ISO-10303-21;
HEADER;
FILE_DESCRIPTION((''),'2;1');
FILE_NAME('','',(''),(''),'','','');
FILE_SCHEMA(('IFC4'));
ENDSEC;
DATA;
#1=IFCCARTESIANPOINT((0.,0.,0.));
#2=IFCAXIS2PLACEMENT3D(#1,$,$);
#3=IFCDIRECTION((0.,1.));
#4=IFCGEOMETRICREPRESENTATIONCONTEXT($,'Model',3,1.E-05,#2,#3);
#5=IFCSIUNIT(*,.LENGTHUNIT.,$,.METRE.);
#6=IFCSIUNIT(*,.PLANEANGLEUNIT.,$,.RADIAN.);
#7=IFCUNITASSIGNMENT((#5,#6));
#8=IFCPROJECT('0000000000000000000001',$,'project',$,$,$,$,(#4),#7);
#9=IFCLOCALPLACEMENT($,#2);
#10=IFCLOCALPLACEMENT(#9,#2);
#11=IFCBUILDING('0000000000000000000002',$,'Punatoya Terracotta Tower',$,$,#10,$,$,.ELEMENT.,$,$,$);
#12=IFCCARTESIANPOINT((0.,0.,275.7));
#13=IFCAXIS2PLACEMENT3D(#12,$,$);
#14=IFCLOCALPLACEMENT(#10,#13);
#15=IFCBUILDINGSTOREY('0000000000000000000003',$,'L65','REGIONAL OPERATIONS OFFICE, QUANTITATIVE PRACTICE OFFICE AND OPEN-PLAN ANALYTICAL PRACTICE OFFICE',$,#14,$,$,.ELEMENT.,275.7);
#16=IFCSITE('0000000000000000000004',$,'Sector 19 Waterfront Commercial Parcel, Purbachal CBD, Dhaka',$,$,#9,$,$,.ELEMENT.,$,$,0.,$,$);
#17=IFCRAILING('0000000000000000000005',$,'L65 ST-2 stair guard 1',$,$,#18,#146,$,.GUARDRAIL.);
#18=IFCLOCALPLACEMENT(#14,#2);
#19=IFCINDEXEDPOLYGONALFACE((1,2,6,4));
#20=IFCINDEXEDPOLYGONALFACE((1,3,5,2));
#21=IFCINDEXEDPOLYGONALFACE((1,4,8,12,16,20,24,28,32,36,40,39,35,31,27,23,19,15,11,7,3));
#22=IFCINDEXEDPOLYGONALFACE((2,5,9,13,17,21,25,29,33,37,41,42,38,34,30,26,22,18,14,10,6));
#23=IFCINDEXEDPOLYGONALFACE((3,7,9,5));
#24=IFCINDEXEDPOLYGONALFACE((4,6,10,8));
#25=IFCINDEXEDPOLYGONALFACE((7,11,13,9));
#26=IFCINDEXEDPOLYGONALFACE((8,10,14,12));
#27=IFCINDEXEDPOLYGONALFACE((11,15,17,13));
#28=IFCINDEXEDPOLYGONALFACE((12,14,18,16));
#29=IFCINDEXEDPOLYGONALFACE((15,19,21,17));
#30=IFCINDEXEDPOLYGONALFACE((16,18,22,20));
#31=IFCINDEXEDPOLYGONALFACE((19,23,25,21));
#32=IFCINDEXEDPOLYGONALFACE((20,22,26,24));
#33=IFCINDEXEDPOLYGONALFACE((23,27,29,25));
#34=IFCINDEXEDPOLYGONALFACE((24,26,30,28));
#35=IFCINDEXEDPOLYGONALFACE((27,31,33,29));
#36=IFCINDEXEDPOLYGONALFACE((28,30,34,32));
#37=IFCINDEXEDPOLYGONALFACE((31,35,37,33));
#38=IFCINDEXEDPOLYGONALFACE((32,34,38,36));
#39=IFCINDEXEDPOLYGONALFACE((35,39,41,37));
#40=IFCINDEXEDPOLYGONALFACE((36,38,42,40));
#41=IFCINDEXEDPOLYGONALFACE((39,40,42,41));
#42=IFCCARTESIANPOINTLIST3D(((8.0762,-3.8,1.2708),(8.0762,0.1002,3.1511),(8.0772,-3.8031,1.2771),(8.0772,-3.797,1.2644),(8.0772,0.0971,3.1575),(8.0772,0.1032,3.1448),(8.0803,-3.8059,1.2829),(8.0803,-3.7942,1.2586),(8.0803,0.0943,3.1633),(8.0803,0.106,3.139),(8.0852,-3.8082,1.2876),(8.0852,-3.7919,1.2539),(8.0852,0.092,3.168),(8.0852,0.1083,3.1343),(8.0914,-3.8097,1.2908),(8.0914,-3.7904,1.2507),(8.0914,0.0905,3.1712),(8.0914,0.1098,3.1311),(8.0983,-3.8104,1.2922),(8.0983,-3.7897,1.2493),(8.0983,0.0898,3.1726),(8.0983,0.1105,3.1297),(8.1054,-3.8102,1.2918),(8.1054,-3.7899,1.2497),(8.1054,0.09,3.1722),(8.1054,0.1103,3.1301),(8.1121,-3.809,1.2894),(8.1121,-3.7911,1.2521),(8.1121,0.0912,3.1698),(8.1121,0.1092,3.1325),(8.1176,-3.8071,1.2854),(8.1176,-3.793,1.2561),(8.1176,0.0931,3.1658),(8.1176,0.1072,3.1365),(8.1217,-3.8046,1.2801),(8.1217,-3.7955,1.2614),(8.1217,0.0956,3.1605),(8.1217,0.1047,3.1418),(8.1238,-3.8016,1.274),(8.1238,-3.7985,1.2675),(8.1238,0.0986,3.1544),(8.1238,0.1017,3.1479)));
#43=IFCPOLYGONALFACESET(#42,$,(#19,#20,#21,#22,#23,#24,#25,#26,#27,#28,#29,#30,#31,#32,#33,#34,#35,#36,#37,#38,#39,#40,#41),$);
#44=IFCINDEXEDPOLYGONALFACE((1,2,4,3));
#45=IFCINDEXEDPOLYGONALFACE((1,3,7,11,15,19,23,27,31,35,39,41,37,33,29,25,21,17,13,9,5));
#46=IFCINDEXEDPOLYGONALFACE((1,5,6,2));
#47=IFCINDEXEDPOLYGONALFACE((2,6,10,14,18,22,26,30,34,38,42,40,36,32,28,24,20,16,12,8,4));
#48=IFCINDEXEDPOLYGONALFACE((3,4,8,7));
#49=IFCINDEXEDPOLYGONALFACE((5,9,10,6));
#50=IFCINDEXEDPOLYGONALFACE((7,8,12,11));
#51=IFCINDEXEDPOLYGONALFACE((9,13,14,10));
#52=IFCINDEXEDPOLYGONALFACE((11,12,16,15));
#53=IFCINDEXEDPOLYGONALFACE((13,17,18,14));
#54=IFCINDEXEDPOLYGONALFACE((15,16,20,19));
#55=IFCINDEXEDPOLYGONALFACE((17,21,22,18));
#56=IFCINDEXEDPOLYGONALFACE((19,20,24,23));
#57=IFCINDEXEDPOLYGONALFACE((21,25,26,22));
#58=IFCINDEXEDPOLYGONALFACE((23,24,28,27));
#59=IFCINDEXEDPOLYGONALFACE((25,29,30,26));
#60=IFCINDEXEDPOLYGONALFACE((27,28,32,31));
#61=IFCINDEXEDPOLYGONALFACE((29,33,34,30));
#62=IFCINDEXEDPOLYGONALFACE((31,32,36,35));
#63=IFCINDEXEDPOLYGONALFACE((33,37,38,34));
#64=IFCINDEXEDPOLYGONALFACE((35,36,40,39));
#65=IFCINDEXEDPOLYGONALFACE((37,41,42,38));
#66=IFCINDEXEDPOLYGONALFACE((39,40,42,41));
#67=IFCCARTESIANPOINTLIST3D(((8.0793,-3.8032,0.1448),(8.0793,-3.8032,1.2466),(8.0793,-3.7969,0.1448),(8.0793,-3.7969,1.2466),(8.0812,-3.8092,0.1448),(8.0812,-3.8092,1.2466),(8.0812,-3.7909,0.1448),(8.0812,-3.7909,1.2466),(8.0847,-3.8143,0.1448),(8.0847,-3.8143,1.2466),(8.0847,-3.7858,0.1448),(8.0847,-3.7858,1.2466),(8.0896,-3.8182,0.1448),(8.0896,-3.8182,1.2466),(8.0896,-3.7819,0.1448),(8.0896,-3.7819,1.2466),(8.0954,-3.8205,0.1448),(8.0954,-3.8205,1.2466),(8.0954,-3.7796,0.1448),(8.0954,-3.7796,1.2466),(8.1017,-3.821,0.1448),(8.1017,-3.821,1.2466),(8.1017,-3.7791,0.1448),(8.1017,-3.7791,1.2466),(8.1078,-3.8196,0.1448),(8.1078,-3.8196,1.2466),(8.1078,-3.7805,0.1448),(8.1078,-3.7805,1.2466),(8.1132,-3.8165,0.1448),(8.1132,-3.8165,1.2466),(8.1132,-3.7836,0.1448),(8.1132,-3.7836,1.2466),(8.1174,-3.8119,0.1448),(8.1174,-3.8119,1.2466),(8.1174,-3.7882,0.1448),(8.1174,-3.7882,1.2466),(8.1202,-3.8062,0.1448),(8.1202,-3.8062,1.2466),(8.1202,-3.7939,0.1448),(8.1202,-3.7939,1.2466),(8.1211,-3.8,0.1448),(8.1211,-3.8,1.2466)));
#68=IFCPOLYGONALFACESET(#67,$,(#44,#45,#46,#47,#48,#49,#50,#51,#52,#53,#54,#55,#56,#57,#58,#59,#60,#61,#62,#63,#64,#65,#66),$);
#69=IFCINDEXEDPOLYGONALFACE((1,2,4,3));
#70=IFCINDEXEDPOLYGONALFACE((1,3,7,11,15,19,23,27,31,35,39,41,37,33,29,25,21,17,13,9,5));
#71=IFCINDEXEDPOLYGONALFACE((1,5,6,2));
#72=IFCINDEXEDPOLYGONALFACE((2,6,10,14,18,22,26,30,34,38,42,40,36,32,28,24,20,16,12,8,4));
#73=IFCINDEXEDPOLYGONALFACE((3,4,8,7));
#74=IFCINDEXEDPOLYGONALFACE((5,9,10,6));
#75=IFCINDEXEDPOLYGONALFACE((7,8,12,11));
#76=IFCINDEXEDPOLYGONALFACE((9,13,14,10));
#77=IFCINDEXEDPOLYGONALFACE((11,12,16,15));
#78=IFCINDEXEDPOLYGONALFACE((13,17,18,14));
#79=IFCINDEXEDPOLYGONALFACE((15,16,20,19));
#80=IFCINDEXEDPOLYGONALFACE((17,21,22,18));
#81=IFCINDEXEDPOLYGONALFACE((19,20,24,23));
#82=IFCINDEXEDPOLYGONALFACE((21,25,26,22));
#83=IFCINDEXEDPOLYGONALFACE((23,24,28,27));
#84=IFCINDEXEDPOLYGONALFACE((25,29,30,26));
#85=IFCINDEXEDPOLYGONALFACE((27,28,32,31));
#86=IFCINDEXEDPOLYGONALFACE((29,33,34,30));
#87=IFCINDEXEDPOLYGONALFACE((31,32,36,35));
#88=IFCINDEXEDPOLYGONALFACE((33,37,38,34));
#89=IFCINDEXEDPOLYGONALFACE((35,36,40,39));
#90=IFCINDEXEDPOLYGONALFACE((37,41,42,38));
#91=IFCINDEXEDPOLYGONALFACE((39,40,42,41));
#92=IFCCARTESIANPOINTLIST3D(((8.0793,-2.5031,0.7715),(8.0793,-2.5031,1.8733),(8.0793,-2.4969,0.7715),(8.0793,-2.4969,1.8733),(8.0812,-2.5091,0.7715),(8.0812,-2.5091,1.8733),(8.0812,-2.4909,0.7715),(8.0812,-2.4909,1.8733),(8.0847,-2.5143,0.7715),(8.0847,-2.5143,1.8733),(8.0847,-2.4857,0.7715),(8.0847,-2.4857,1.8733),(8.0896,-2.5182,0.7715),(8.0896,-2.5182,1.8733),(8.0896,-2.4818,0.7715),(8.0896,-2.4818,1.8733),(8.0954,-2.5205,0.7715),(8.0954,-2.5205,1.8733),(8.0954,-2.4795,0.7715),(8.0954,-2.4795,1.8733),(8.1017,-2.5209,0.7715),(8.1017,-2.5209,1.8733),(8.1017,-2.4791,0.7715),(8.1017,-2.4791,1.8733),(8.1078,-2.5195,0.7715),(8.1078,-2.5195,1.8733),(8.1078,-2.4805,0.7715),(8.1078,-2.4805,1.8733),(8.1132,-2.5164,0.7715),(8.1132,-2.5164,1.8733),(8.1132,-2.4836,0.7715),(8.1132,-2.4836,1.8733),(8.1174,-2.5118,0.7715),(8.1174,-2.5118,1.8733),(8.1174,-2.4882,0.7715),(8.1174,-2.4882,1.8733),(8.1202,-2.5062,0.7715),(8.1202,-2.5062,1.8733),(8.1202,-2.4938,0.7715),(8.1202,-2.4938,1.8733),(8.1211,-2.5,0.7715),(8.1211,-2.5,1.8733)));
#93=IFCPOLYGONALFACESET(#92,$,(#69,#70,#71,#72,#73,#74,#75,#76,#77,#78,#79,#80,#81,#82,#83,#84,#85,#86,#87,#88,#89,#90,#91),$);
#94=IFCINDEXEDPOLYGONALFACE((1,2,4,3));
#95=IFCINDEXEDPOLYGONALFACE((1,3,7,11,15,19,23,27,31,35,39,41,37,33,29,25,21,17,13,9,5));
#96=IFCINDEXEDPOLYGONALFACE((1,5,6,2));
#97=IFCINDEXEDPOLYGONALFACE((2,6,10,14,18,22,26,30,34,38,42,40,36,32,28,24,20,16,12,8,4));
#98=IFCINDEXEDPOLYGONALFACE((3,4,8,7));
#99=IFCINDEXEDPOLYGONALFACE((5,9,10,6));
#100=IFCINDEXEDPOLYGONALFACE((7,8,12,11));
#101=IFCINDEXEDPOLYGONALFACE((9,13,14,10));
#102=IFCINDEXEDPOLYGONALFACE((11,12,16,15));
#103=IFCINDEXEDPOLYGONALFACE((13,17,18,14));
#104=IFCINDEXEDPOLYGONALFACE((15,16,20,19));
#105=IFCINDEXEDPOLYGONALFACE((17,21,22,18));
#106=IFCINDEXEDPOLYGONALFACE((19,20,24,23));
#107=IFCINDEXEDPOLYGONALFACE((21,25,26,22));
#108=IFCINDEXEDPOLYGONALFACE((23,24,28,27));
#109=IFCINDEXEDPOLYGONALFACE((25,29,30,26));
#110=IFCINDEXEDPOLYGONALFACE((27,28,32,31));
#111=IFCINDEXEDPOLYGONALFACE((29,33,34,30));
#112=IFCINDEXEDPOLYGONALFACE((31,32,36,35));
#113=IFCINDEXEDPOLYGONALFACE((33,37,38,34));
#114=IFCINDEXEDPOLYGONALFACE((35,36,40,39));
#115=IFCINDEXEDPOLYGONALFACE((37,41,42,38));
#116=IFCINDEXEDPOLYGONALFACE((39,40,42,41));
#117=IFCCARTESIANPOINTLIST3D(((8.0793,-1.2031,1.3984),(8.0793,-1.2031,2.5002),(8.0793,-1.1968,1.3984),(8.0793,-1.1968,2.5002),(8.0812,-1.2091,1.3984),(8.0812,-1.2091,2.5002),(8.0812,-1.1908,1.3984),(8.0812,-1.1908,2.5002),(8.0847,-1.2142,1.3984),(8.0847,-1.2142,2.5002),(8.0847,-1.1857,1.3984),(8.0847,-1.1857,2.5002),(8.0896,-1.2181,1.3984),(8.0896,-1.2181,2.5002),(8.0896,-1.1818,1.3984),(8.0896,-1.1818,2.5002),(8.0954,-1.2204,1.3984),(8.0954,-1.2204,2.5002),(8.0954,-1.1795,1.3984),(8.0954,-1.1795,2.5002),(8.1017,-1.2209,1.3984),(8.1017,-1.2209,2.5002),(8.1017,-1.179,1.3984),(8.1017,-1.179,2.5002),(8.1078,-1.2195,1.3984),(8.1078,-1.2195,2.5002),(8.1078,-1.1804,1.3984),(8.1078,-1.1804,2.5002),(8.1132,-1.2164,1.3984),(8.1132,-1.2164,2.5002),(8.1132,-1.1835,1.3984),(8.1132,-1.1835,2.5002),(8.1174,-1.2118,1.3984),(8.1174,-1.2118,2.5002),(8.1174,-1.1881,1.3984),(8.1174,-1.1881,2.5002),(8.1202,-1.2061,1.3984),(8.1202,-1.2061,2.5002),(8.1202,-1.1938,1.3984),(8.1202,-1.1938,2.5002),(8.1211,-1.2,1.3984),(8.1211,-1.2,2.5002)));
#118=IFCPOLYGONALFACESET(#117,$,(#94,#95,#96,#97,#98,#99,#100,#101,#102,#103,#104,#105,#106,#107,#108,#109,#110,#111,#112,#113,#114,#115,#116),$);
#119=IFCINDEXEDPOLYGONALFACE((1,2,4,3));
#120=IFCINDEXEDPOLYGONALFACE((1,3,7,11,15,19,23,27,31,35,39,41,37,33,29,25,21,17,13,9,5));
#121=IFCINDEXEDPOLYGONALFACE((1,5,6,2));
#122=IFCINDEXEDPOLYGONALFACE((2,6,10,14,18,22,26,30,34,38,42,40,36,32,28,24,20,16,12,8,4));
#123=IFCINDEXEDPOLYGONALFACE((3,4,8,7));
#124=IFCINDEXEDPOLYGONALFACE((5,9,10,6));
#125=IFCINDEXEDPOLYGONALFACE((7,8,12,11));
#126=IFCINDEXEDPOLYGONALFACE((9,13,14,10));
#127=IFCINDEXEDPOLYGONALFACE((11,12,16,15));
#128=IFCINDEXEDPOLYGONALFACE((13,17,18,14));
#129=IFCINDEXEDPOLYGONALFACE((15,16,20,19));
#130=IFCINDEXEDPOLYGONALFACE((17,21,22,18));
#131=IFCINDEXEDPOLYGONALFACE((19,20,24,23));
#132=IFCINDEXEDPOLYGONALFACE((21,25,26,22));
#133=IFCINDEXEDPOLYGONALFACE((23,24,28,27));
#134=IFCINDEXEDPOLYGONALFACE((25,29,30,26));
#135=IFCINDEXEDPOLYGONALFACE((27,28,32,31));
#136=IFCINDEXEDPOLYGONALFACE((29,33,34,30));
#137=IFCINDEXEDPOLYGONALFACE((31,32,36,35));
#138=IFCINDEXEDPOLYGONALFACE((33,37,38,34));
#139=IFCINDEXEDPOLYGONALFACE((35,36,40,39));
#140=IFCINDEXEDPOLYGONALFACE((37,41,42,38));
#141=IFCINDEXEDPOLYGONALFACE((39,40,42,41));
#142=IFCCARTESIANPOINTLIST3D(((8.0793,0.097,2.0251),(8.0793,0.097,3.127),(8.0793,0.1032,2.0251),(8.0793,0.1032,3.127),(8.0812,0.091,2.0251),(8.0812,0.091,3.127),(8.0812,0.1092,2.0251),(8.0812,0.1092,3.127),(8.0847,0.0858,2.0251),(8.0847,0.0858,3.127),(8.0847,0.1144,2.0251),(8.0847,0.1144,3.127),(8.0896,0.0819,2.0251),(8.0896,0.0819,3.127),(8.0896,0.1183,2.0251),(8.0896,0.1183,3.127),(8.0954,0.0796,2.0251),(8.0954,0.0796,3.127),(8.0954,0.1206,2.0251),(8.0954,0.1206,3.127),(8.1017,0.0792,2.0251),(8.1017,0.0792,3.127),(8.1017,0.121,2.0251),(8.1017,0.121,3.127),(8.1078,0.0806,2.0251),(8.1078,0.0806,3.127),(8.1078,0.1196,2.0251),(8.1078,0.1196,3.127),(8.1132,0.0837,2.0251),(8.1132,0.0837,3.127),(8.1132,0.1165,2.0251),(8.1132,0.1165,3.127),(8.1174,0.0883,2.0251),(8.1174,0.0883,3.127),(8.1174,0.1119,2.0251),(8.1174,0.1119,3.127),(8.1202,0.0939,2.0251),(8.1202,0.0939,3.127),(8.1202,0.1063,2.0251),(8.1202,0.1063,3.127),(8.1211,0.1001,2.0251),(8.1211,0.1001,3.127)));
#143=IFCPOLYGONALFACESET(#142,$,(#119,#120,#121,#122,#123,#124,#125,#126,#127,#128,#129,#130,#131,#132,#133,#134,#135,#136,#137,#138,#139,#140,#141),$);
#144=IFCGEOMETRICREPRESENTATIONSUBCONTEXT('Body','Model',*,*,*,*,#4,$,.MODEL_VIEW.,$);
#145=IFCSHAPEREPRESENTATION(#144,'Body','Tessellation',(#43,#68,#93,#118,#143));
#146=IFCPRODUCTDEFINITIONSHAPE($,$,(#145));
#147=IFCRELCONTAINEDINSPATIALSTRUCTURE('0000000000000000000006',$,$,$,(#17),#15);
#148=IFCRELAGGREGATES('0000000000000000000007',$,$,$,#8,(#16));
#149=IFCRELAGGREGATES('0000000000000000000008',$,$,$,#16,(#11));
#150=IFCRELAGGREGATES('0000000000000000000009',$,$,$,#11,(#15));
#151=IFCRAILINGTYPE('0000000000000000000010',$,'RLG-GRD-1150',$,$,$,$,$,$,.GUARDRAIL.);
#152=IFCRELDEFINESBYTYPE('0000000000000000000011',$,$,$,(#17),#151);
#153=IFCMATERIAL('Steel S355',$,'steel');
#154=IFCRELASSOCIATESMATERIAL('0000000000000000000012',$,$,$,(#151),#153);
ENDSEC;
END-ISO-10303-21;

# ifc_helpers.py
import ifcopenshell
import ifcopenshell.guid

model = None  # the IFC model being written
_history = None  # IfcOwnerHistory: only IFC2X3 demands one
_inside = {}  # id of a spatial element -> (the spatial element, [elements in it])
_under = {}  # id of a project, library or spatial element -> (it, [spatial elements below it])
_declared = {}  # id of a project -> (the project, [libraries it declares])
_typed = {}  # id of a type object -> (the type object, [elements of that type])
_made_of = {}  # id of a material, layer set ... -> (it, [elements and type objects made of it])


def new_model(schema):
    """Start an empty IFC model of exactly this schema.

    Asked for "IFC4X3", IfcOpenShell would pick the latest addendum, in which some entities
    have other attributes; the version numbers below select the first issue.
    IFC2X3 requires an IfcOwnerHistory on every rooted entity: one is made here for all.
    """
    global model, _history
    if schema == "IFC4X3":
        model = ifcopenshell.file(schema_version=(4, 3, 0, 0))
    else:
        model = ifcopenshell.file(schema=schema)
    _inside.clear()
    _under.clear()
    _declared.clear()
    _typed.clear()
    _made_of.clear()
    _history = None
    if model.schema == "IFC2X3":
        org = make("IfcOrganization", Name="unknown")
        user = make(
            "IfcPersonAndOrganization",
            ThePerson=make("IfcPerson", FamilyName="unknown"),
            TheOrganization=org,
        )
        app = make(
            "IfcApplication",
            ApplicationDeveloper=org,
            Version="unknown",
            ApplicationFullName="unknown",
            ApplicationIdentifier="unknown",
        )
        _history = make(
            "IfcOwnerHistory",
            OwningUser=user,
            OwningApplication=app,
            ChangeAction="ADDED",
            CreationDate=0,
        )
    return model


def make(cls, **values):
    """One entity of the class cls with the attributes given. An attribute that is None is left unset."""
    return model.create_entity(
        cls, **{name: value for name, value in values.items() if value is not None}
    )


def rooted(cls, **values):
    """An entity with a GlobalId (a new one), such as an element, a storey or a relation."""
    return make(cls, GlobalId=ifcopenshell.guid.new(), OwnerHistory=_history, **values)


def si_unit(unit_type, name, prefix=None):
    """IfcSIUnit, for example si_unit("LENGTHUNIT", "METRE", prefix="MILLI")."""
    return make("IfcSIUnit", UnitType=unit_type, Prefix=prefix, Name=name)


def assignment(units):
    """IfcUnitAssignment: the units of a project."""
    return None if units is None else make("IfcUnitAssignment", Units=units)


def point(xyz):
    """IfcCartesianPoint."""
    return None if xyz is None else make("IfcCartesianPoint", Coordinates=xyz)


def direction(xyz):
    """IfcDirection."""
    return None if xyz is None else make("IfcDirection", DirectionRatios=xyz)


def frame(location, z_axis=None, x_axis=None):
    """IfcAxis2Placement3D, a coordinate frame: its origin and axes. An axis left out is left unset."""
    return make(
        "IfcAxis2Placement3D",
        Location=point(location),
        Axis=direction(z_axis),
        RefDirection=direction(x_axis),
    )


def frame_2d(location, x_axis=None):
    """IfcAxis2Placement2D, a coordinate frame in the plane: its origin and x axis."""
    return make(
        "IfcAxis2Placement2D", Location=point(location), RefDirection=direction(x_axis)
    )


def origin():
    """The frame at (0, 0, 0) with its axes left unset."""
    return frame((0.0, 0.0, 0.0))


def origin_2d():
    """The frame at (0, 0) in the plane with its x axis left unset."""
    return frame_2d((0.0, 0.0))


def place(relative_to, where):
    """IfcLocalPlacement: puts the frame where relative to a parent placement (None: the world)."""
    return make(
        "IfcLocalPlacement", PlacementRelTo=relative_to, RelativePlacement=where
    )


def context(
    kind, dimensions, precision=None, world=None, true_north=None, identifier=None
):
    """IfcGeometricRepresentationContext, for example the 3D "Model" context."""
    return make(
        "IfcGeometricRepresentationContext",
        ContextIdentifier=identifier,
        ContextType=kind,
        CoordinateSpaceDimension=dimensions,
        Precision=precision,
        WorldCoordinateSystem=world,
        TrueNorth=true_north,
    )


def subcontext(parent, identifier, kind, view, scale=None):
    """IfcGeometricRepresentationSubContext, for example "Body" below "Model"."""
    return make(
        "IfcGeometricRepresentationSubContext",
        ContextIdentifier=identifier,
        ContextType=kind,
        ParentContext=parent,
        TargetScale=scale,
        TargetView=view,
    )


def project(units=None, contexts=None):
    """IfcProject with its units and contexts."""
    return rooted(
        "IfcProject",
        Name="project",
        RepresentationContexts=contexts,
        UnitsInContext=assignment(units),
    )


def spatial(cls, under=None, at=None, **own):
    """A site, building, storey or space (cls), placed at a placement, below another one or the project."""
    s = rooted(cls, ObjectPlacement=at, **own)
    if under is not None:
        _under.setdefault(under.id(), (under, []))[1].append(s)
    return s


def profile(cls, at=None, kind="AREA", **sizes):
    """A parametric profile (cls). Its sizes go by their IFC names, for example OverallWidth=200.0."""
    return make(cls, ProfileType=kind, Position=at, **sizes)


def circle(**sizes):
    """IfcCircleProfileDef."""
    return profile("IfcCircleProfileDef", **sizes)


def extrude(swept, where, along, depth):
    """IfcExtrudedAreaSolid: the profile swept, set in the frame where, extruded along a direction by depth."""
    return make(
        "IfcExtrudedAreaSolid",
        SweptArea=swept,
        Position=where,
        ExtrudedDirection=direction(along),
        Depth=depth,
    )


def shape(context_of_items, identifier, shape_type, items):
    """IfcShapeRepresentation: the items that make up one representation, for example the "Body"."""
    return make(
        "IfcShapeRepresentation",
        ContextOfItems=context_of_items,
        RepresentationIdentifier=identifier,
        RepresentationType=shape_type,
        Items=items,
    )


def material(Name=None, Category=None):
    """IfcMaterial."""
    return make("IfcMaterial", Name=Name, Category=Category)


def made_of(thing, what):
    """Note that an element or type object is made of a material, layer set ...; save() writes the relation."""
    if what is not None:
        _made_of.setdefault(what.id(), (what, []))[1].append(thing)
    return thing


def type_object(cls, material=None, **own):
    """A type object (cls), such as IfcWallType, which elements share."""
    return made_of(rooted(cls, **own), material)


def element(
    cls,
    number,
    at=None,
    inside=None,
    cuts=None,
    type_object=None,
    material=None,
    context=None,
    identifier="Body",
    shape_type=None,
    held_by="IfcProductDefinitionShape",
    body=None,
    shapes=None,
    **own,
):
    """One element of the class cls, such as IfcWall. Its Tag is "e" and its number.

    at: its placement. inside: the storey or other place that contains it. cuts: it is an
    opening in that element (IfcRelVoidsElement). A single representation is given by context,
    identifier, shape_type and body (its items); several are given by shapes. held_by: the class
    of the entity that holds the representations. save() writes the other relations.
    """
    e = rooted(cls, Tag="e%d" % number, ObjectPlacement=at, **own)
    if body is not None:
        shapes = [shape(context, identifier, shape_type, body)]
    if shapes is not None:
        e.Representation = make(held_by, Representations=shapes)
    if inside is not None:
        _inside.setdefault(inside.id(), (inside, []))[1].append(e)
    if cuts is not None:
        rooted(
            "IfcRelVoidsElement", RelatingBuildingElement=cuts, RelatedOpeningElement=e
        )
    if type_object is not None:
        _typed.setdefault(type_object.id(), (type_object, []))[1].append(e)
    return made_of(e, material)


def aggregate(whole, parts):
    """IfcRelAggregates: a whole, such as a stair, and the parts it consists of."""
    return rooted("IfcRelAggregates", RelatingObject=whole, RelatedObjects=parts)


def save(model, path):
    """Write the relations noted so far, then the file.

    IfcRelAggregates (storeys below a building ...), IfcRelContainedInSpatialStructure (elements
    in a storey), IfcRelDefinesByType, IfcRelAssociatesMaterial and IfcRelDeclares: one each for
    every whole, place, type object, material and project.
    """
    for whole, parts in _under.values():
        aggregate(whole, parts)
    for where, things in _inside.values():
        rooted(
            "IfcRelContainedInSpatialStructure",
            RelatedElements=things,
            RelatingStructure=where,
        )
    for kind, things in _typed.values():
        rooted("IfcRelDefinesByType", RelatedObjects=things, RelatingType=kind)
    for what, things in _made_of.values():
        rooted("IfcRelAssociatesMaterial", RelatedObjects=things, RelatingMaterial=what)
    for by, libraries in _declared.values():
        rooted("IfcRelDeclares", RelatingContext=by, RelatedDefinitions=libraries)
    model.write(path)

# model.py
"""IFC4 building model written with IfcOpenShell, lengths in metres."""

from ifc_helpers import new_model, si_unit, direction, frame, origin, origin_2d, place, context, subcontext, project, spatial, circle, extrude, material, type_object, element, save


model = new_model("IFC4")

# Units and contexts
model_context = context("Model", 3, precision=1e-05, world=origin(), true_north=direction((0.0, 1.0)))
body_context = subcontext(model_context, "Body", "Model", "MODEL_VIEW")
ifc_project = project(units=[si_unit("LENGTHUNIT", "METRE"), si_unit("PLANEANGLEUNIT", "RADIAN")], contexts=[model_context])

# Site, building, storey
site_placement = place(None, origin())
site = spatial("IfcSite", under=ifc_project, at=site_placement, Name="Sector 19 Waterfront Commercial Parcel, Purbachal CBD, Dhaka", CompositionType="ELEMENT", RefElevation=0.0)
building_placement = place(site_placement, origin())
building = spatial("IfcBuilding", under=site, at=building_placement, Name="Punatoya Terracotta Tower", CompositionType="ELEMENT")
storey_placement = place(building_placement, frame((0.0, 0.0, 275.7)))
storey = spatial("IfcBuildingStorey", under=building, at=storey_placement, Name="L65", Description="REGIONAL OPERATIONS OFFICE, QUANTITATIVE PRACTICE OFFICE AND OPEN-PLAN ANALYTICAL PRACTICE OFFICE", CompositionType="ELEMENT", Elevation=275.7)

# Shared definitions
ifc_material_1 = material(Name="Steel S355", Category="steel")

# Railing
railing_type_1 = type_object("IfcRailingType", Name="RLG-GRD-1150", PredefinedType="GUARDRAIL", material=ifc_material_1)
railing_1_placement = place(storey_placement, frame((8.1001, -3.8, 0.1448)))
element("IfcRailing", 1, at=railing_1_placement, inside=storey, type_object=railing_type_1, Name="L65 ST-2 stair guard 1", PredefinedType="GUARDRAIL", context=body_context, shape_type="SweptSolid", body=[
    extrude(circle(Radius=0.0239, at=origin_2d()), frame((0.0, 0.0, 1.126), z_axis=(0.0, 0.900774, 0.434289), x_axis=(-1.0, 0.0, 0.0)), (0.0, 0.0, 1.0), 4.3298),
    extrude(circle(Radius=0.021, at=origin_2d()), origin(), (0.0, 0.0, 1.0), 1.1018),
    extrude(circle(Radius=0.021, at=origin_2d()), frame((0.0, 1.3, 0.6267)), (0.0, 0.0, 1.0), 1.1018),
    extrude(circle(Radius=0.021, at=origin_2d()), frame((0.0, 2.6001, 1.2537)), (0.0, 0.0, 1.0), 1.1018),
    extrude(circle(Radius=0.021, at=origin_2d()), frame((0.0, 3.9001, 1.8804)), (0.0, 0.0, 1.0), 1.1018),
])

save(model, "model.ifc")
